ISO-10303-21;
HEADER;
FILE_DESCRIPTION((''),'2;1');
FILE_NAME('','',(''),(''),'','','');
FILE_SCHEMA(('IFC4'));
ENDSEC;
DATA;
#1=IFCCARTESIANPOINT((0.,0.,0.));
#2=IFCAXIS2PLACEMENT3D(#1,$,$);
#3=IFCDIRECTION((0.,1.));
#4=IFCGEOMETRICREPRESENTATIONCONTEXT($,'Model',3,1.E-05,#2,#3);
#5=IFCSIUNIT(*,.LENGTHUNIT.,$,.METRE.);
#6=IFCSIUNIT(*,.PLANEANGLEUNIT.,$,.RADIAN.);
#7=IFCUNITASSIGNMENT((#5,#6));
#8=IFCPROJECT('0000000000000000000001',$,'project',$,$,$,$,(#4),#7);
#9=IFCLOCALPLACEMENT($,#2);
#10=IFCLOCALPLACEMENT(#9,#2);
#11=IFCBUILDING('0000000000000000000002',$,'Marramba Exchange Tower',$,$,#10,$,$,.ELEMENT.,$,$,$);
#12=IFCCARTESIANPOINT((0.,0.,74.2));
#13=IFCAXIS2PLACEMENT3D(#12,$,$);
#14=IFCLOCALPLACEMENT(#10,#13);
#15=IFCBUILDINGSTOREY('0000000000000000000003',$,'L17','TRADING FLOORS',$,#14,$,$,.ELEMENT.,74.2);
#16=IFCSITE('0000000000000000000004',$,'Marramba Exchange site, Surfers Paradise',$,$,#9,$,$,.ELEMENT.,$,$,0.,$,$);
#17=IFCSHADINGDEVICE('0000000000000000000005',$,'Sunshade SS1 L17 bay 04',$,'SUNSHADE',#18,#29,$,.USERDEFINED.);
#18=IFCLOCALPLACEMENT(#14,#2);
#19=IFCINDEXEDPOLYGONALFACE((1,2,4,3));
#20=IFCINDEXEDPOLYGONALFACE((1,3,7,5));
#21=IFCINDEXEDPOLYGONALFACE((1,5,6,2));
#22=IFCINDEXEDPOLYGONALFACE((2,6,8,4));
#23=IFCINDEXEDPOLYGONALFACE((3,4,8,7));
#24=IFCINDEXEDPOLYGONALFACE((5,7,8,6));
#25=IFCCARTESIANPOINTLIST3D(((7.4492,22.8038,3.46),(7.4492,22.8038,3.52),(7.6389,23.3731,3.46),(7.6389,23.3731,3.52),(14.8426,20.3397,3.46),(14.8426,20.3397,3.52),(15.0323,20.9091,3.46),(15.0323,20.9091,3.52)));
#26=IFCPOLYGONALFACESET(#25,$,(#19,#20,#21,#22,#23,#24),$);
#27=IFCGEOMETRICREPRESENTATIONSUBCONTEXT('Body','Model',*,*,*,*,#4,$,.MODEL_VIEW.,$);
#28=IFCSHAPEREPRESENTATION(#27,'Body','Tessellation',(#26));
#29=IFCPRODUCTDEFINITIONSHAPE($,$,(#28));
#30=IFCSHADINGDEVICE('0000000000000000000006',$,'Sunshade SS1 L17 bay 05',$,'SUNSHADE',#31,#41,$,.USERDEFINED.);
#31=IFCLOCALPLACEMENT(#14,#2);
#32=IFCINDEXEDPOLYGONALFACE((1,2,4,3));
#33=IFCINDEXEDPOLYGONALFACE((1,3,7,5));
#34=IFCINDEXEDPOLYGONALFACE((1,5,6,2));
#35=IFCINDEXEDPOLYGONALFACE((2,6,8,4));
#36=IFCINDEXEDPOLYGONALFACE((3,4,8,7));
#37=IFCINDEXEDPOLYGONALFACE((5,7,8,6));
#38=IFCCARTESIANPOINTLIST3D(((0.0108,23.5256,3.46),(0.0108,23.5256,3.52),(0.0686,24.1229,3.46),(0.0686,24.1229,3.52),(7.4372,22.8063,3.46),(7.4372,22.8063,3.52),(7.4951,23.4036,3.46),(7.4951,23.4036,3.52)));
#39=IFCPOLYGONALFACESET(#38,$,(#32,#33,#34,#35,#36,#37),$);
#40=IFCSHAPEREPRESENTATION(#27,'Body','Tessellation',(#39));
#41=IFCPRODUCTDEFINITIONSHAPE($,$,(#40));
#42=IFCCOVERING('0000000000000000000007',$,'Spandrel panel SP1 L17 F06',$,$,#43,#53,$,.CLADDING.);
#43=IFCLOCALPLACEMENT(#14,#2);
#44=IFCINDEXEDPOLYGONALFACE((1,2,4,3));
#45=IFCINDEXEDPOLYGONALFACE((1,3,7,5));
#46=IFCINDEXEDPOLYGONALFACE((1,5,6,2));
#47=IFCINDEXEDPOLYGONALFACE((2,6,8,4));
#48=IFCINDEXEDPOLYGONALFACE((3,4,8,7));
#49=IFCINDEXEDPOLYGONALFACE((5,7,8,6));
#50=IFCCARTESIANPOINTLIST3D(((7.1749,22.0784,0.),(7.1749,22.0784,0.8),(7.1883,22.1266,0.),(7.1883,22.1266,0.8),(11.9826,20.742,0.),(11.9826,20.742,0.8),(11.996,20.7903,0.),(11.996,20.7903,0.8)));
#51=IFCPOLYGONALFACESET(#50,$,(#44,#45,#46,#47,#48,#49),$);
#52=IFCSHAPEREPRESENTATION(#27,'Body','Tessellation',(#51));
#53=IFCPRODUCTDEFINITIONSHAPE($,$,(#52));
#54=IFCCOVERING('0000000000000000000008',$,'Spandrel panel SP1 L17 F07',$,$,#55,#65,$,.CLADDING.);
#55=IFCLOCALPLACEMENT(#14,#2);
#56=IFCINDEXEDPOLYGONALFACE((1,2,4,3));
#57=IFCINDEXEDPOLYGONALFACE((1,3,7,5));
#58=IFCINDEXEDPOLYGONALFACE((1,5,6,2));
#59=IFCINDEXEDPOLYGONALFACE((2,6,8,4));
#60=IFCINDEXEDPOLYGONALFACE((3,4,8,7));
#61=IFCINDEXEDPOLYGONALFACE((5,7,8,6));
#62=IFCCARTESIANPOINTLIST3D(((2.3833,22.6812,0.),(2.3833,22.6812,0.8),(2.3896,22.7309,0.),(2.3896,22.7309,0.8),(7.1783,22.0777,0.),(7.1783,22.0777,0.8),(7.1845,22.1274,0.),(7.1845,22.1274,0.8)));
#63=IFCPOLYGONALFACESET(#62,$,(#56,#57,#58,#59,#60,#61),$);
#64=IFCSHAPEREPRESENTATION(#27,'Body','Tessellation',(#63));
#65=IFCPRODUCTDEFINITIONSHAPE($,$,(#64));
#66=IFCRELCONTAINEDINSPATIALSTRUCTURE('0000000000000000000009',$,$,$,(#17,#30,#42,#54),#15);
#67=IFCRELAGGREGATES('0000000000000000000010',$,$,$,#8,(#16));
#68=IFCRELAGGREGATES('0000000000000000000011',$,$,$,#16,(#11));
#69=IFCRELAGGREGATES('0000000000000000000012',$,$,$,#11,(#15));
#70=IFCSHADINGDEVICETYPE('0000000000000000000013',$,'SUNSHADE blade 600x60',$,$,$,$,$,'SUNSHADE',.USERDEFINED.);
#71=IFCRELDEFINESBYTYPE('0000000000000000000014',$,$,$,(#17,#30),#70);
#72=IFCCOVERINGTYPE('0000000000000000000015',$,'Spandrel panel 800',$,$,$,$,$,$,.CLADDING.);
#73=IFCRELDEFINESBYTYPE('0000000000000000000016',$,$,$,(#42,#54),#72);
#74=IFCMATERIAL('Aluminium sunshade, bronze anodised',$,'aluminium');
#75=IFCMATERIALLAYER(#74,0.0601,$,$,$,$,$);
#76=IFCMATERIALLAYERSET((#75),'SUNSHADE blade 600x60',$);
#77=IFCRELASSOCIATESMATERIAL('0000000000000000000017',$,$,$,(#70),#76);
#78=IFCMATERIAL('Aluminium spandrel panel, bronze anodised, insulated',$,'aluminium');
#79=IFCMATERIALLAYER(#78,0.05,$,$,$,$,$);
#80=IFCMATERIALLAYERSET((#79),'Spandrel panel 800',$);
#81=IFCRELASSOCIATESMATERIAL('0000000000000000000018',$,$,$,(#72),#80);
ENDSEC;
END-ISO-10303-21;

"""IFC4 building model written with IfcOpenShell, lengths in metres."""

from ifc_helpers import new_model, si_unit, direction, frame, origin, origin_2d, place, context, subcontext, project, spatial, rectangle, extrude, material, layer, layer_set, type_object, element, save


model = new_model("IFC4")

# Units and contexts
model_context = context("Model", 3, precision=1e-05, world=origin(), true_north=direction((0.0, 1.0)))
body_context = subcontext(model_context, "Body", "Model", "MODEL_VIEW")
ifc_project = project(units=[si_unit("LENGTHUNIT", "METRE"), si_unit("PLANEANGLEUNIT", "RADIAN")], contexts=[model_context])

# Site, building, storey
site_placement = place(None, origin())
site = spatial("IfcSite", under=ifc_project, at=site_placement, Name="Marramba Exchange site, Surfers Paradise", CompositionType="ELEMENT", RefElevation=0.0)
building_placement = place(site_placement, origin())
building = spatial("IfcBuilding", under=site, at=building_placement, Name="Marramba Exchange Tower", CompositionType="ELEMENT")
storey_placement = place(building_placement, frame((0.0, 0.0, 74.2)))
storey = spatial("IfcBuildingStorey", under=building, at=storey_placement, Name="L17", Description="TRADING FLOORS", CompositionType="ELEMENT", Elevation=74.2)

# Shading devices
ifc_material_1 = material(Name="Aluminium sunshade, bronze anodised", Category="aluminium")
ifc_layer_1 = layer(ifc_material_1, 0.0601)
ifc_layer_set_1 = layer_set([ifc_layer_1], Name="SUNSHADE blade 600x60")
shading_device_type_1 = type_object("IfcShadingDeviceType", Name="SUNSHADE blade 600x60", ElementType="SUNSHADE", PredefinedType="USERDEFINED", material=ifc_layer_set_1)
shading_device_1_placement = place(storey_placement, frame((11.2407, 21.8564, 3.46), z_axis=(0.0, 0.0, 1.0), x_axis=(-0.948698, 0.316184, 0.0)))
element("IfcShadingDevice", 1, at=shading_device_1_placement, inside=storey, type_object=shading_device_type_1, Name="Sunshade SS1 L17 bay 04", ObjectType="SUNSHADE", PredefinedType="USERDEFINED", context=body_context, shape_type="SweptSolid", body=[
    extrude(rectangle(XDim=7.7932, YDim=0.6001, at=origin_2d()), origin(), (0.0, 0.0, 1.0), 0.0601),
])
shading_device_2_placement = place(storey_placement, frame((3.7529, 23.4646, 3.46), z_axis=(0.0, 0.0, 1.0), x_axis=(-0.995343, 0.096398, 0.0)))
element("IfcShadingDevice", 2, at=shading_device_2_placement, inside=storey, type_object=shading_device_type_1, Name="Sunshade SS1 L17 bay 05", ObjectType="SUNSHADE", PredefinedType="USERDEFINED", context=body_context, shape_type="SweptSolid", body=[
    extrude(rectangle(XDim=7.4612, YDim=0.6001, at=origin_2d()), origin(), (0.0, 0.0, 1.0), 0.0601),
])

# Coverings
ifc_material_2 = material(Name="Aluminium spandrel panel, bronze anodised, insulated", Category="aluminium")
ifc_layer_2 = layer(ifc_material_2, 0.05)
ifc_layer_set_2 = layer_set([ifc_layer_2], Name="Spandrel panel 800")
covering_type = type_object("IfcCoveringType", Name="Spandrel panel 800", PredefinedType="CLADDING", material=ifc_layer_set_2)
covering_1_placement = place(storey_placement, frame((9.5854, 21.4343, 0.0), z_axis=(0.0, 0.0, 1.0), x_axis=(-0.963472, 0.267809, 0.0)))
element("IfcCovering", 3, at=covering_1_placement, inside=storey, type_object=covering_type, Name="Spandrel panel SP1 L17 F06", PredefinedType="CLADDING", context=body_context, shape_type="SweptSolid", body=[
    extrude(rectangle(XDim=4.99, YDim=0.05, at=origin_2d()), origin(), (0.0, 0.0, 1.0), 0.8),
])
covering_2_placement = place(storey_placement, frame((4.7839, 22.4043, 0.0), z_axis=(0.0, 0.0, 1.0), x_axis=(-0.992173, 0.124873, 0.0)))
element("IfcCovering", 4, at=covering_2_placement, inside=storey, type_object=covering_type, Name="Spandrel panel SP1 L17 F07", PredefinedType="CLADDING", context=body_context, shape_type="SweptSolid", body=[
    extrude(rectangle(XDim=4.8328, YDim=0.05, at=origin_2d()), origin(), (0.0, 0.0, 1.0), 0.8),
])

save(model, "model.ifc")
